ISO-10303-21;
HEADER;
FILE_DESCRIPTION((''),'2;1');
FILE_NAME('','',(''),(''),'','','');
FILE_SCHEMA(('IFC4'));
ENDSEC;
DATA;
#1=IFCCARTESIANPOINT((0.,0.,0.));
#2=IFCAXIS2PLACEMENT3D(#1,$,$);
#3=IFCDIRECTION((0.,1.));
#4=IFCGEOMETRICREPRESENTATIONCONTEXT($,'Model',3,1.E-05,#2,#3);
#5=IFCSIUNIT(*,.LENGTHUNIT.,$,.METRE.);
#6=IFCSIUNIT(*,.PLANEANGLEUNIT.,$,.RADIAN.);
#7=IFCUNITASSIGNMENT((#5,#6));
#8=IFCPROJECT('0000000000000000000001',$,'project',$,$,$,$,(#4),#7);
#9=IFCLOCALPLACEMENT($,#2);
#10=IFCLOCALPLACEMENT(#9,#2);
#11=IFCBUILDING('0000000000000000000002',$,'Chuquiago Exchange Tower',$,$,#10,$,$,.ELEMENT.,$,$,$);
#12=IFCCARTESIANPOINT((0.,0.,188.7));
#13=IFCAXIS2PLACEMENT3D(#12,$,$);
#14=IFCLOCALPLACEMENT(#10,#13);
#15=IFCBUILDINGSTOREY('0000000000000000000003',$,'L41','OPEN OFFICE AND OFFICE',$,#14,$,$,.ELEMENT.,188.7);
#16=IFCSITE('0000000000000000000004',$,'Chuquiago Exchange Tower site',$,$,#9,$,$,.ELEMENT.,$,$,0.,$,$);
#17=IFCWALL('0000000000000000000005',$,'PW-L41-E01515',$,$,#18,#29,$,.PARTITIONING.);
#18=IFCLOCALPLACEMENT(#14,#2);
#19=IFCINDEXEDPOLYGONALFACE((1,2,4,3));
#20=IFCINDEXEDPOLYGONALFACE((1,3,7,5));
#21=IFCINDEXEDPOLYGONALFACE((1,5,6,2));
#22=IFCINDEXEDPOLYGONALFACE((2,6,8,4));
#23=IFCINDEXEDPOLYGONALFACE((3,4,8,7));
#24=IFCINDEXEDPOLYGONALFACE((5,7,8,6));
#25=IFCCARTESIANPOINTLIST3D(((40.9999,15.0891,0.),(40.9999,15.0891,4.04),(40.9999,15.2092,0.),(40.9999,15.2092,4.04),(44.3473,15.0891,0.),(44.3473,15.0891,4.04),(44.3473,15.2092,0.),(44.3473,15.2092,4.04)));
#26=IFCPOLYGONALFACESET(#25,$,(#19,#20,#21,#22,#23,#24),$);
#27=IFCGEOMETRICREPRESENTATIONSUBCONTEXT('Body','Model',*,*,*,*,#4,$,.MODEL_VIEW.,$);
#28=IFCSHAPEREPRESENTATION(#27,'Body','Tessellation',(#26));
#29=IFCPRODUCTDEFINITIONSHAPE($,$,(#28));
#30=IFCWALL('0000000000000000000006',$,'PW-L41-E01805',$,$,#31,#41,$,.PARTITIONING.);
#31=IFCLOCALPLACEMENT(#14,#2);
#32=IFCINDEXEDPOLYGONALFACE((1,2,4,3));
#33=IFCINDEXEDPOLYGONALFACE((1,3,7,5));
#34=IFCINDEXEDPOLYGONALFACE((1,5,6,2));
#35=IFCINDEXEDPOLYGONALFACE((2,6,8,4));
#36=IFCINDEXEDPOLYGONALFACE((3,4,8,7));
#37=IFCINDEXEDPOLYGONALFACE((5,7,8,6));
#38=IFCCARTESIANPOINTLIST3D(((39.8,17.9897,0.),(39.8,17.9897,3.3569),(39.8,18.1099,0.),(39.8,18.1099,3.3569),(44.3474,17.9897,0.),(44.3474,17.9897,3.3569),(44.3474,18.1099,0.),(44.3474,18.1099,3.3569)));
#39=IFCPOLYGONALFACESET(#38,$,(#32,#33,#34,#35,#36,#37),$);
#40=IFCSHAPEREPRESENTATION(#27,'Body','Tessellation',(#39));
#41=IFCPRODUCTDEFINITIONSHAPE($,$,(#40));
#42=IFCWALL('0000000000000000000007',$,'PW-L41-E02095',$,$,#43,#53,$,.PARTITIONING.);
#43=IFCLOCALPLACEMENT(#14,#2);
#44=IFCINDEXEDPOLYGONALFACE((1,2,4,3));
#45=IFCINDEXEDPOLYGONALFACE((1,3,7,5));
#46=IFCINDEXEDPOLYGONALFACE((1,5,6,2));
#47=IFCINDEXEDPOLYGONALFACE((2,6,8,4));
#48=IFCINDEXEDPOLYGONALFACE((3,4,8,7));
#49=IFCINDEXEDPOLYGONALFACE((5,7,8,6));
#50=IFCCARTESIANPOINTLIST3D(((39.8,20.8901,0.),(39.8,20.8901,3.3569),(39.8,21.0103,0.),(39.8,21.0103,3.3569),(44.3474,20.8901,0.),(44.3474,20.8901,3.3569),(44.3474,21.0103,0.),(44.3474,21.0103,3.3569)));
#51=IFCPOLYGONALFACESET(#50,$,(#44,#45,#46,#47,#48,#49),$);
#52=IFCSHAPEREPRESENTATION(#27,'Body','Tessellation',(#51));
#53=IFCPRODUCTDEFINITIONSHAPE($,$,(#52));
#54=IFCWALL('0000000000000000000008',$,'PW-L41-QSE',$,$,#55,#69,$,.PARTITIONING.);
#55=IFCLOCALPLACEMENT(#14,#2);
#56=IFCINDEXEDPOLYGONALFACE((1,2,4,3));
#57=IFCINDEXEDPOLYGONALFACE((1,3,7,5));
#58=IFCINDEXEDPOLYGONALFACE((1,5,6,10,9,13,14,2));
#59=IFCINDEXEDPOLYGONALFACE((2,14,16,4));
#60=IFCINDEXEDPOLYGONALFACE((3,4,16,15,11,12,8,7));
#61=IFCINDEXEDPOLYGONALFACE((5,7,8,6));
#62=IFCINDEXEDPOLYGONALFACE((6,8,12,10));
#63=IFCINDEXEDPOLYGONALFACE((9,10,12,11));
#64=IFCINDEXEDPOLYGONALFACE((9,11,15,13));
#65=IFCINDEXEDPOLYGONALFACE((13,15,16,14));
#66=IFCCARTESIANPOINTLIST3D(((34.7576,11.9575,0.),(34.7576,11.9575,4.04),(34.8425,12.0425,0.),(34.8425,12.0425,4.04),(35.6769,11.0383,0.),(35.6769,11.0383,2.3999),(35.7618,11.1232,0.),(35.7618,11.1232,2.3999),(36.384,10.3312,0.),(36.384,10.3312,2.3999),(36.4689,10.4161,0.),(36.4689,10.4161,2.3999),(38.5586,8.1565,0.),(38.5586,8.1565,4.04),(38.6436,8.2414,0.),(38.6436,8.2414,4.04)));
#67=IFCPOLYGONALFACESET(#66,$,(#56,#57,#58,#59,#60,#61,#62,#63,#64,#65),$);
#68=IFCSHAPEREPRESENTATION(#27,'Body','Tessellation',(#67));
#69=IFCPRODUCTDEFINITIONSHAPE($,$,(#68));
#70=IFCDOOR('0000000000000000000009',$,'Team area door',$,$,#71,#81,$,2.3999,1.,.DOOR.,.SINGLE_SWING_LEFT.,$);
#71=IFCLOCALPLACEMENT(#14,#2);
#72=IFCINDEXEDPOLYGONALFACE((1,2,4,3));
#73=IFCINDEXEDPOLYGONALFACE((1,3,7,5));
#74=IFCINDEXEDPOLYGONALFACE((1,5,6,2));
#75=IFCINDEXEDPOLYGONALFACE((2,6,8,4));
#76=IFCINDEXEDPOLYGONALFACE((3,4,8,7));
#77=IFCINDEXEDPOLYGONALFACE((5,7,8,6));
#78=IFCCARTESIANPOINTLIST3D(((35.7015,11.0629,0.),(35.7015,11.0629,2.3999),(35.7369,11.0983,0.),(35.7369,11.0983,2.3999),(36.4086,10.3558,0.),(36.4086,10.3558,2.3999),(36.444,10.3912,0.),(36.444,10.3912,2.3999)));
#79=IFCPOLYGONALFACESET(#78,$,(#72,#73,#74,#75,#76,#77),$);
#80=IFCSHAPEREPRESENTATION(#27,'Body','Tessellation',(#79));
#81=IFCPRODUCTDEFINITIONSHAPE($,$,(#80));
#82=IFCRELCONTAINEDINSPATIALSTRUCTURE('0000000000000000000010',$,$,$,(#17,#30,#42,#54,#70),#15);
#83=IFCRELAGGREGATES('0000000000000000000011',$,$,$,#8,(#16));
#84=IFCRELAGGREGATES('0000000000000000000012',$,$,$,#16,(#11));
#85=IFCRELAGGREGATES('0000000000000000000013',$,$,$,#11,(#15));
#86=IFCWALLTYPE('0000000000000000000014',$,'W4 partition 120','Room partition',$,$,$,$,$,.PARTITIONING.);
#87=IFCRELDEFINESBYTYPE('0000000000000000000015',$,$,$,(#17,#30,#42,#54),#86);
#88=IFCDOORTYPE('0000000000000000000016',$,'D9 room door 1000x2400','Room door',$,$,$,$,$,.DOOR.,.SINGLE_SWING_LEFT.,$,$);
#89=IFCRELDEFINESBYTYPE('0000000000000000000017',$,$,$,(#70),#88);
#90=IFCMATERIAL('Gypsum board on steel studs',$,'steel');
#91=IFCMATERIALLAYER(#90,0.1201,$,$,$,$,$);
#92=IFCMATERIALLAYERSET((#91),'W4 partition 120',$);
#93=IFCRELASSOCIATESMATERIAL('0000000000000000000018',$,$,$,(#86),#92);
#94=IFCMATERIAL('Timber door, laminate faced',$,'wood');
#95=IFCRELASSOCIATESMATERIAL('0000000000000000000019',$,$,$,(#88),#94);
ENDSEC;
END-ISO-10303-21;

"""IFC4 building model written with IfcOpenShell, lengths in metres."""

from ifc_helpers import new_model, si_unit, direction, frame, frame_2d, origin, place, context, subcontext, project, spatial, rectangle, extrude, material, layer, layer_set, type_object, element, fill, save


model = new_model("IFC4")

# Units and contexts
model_context = context("Model", 3, precision=1e-05, world=origin(), true_north=direction((0.0, 1.0)))
body_context = subcontext(model_context, "Body", "Model", "MODEL_VIEW")
ifc_project = project(units=[si_unit("LENGTHUNIT", "METRE"), si_unit("PLANEANGLEUNIT", "RADIAN")], contexts=[model_context])

# Site, building, storey
site_placement = place(None, origin())
site = spatial("IfcSite", under=ifc_project, at=site_placement, Name="Chuquiago Exchange Tower site", CompositionType="ELEMENT", RefElevation=0.0)
building_placement = place(site_placement, origin())
building = spatial("IfcBuilding", under=site, at=building_placement, Name="Chuquiago Exchange Tower", CompositionType="ELEMENT")
storey_placement = place(building_placement, frame((0.0, 0.0, 188.7)))
storey = spatial("IfcBuildingStorey", under=building, at=storey_placement, Name="L41", Description="OPEN OFFICE AND OFFICE", CompositionType="ELEMENT", Elevation=188.7)

# Walls
ifc_material_1 = material(Name="Gypsum board on steel studs", Category="steel")
ifc_layer_1 = layer(ifc_material_1, 0.1201)
ifc_layer_set_1 = layer_set([ifc_layer_1], Name="W4 partition 120")
wall_type_1 = type_object("IfcWallType", Name="W4 partition 120", Description="Room partition", PredefinedType="PARTITIONING", material=ifc_layer_set_1)
wall_1_placement = place(storey_placement, frame((44.3474, 15.1492, 0.0), z_axis=(0.0, 0.0, 1.0), x_axis=(-1.0, 0.0, 0.0)))
element("IfcWall", 1, at=wall_1_placement, inside=storey, type_object=wall_type_1, Name="PW-L41-E01515", PredefinedType="PARTITIONING", context=body_context, shape_type="SweptSolid", body=[
    extrude(rectangle(XDim=3.3474, YDim=0.1201, at=frame_2d((1.6738, 0.0))), origin(), (0.0, 0.0, 1.0), 4.04),
])
for number, where, z_axis, x_axis, name in (
    (2, (44.3474, 18.0498, 0.0), (0.0, 0.0, 1.0), (-1.0, 0.0, 0.0), "PW-L41-E01805"),
    (3, (44.3474, 20.9502, 0.0), (0.0, 0.0, 1.0), (-1.0, 0.0, 0.0), "PW-L41-E02095"),
):
    element("IfcWall", number, at=place(storey_placement, frame(where, z_axis=z_axis, x_axis=x_axis)), inside=storey, type_object=wall_type_1, Name=name, PredefinedType="PARTITIONING", context=body_context, shape_type="SweptSolid", body=[
        extrude(rectangle(XDim=4.5474, YDim=0.1201, at=frame_2d((2.2737, 0.0))), origin(), (0.0, 0.0, 1.0), 3.3569),
    ])

# Wall, opening, door
ifc_material_2 = material(Name="Timber door, laminate faced", Category="wood")
door_type_1 = type_object("IfcDoorType", Name="D9 room door 1000x2400", Description="Room door", OperationType="SINGLE_SWING_LEFT", PredefinedType="DOOR", material=ifc_material_2)
wall_2_placement = place(storey_placement, frame((34.8, 12.0, 0.0), z_axis=(0.0, 0.0, 1.0), x_axis=(0.707107, -0.707107, 0.0)))
wall_2 = element("IfcWall", 4, at=wall_2_placement, inside=storey, type_object=wall_type_1, Name="PW-L41-QSE", PredefinedType="PARTITIONING", context=body_context, shape_type="SweptSolid", body=[
    extrude(rectangle(XDim=5.3755, YDim=0.1201, at=frame_2d((2.6877, 0.0))), origin(), (0.0, 0.0, 1.0), 4.04),
])
opening_1_placement = place(wall_2_placement, frame((1.3, 0.0, 0.0)))
opening_1 = element("IfcOpeningElement", 5, at=opening_1_placement, cuts=wall_2, PredefinedType="OPENING", context=body_context, shape_type="SweptSolid", body=[
    extrude(rectangle(XDim=1.0, YDim=2.3999, at=frame_2d((0.5, 1.2))), frame((0.0, 0.0701, 0.0), z_axis=(0.0, -1.0, 0.0), x_axis=(1.0, 0.0, 0.0)), (0.0, 0.0, 1.0), 0.1401),
])
door_1_placement = place(opening_1_placement, origin())
door_1 = element("IfcDoor", 6, at=door_1_placement, inside=storey, type_object=door_type_1, Name="Team area door", OperationType="SINGLE_SWING_LEFT", OverallHeight=2.3999, OverallWidth=1.0, PredefinedType="DOOR", context=body_context, shape_type="SweptSolid", body=[
    extrude(rectangle(XDim=1.0, YDim=2.3999, at=frame_2d((0.5, 1.2))), frame((0.0, 0.0249, 0.0), z_axis=(0.0, -1.0, 0.0), x_axis=(1.0, 0.0, 0.0)), (0.0, 0.0, 1.0), 0.05),
])
fill(opening_1, door_1)

save(model, "model.ifc")
